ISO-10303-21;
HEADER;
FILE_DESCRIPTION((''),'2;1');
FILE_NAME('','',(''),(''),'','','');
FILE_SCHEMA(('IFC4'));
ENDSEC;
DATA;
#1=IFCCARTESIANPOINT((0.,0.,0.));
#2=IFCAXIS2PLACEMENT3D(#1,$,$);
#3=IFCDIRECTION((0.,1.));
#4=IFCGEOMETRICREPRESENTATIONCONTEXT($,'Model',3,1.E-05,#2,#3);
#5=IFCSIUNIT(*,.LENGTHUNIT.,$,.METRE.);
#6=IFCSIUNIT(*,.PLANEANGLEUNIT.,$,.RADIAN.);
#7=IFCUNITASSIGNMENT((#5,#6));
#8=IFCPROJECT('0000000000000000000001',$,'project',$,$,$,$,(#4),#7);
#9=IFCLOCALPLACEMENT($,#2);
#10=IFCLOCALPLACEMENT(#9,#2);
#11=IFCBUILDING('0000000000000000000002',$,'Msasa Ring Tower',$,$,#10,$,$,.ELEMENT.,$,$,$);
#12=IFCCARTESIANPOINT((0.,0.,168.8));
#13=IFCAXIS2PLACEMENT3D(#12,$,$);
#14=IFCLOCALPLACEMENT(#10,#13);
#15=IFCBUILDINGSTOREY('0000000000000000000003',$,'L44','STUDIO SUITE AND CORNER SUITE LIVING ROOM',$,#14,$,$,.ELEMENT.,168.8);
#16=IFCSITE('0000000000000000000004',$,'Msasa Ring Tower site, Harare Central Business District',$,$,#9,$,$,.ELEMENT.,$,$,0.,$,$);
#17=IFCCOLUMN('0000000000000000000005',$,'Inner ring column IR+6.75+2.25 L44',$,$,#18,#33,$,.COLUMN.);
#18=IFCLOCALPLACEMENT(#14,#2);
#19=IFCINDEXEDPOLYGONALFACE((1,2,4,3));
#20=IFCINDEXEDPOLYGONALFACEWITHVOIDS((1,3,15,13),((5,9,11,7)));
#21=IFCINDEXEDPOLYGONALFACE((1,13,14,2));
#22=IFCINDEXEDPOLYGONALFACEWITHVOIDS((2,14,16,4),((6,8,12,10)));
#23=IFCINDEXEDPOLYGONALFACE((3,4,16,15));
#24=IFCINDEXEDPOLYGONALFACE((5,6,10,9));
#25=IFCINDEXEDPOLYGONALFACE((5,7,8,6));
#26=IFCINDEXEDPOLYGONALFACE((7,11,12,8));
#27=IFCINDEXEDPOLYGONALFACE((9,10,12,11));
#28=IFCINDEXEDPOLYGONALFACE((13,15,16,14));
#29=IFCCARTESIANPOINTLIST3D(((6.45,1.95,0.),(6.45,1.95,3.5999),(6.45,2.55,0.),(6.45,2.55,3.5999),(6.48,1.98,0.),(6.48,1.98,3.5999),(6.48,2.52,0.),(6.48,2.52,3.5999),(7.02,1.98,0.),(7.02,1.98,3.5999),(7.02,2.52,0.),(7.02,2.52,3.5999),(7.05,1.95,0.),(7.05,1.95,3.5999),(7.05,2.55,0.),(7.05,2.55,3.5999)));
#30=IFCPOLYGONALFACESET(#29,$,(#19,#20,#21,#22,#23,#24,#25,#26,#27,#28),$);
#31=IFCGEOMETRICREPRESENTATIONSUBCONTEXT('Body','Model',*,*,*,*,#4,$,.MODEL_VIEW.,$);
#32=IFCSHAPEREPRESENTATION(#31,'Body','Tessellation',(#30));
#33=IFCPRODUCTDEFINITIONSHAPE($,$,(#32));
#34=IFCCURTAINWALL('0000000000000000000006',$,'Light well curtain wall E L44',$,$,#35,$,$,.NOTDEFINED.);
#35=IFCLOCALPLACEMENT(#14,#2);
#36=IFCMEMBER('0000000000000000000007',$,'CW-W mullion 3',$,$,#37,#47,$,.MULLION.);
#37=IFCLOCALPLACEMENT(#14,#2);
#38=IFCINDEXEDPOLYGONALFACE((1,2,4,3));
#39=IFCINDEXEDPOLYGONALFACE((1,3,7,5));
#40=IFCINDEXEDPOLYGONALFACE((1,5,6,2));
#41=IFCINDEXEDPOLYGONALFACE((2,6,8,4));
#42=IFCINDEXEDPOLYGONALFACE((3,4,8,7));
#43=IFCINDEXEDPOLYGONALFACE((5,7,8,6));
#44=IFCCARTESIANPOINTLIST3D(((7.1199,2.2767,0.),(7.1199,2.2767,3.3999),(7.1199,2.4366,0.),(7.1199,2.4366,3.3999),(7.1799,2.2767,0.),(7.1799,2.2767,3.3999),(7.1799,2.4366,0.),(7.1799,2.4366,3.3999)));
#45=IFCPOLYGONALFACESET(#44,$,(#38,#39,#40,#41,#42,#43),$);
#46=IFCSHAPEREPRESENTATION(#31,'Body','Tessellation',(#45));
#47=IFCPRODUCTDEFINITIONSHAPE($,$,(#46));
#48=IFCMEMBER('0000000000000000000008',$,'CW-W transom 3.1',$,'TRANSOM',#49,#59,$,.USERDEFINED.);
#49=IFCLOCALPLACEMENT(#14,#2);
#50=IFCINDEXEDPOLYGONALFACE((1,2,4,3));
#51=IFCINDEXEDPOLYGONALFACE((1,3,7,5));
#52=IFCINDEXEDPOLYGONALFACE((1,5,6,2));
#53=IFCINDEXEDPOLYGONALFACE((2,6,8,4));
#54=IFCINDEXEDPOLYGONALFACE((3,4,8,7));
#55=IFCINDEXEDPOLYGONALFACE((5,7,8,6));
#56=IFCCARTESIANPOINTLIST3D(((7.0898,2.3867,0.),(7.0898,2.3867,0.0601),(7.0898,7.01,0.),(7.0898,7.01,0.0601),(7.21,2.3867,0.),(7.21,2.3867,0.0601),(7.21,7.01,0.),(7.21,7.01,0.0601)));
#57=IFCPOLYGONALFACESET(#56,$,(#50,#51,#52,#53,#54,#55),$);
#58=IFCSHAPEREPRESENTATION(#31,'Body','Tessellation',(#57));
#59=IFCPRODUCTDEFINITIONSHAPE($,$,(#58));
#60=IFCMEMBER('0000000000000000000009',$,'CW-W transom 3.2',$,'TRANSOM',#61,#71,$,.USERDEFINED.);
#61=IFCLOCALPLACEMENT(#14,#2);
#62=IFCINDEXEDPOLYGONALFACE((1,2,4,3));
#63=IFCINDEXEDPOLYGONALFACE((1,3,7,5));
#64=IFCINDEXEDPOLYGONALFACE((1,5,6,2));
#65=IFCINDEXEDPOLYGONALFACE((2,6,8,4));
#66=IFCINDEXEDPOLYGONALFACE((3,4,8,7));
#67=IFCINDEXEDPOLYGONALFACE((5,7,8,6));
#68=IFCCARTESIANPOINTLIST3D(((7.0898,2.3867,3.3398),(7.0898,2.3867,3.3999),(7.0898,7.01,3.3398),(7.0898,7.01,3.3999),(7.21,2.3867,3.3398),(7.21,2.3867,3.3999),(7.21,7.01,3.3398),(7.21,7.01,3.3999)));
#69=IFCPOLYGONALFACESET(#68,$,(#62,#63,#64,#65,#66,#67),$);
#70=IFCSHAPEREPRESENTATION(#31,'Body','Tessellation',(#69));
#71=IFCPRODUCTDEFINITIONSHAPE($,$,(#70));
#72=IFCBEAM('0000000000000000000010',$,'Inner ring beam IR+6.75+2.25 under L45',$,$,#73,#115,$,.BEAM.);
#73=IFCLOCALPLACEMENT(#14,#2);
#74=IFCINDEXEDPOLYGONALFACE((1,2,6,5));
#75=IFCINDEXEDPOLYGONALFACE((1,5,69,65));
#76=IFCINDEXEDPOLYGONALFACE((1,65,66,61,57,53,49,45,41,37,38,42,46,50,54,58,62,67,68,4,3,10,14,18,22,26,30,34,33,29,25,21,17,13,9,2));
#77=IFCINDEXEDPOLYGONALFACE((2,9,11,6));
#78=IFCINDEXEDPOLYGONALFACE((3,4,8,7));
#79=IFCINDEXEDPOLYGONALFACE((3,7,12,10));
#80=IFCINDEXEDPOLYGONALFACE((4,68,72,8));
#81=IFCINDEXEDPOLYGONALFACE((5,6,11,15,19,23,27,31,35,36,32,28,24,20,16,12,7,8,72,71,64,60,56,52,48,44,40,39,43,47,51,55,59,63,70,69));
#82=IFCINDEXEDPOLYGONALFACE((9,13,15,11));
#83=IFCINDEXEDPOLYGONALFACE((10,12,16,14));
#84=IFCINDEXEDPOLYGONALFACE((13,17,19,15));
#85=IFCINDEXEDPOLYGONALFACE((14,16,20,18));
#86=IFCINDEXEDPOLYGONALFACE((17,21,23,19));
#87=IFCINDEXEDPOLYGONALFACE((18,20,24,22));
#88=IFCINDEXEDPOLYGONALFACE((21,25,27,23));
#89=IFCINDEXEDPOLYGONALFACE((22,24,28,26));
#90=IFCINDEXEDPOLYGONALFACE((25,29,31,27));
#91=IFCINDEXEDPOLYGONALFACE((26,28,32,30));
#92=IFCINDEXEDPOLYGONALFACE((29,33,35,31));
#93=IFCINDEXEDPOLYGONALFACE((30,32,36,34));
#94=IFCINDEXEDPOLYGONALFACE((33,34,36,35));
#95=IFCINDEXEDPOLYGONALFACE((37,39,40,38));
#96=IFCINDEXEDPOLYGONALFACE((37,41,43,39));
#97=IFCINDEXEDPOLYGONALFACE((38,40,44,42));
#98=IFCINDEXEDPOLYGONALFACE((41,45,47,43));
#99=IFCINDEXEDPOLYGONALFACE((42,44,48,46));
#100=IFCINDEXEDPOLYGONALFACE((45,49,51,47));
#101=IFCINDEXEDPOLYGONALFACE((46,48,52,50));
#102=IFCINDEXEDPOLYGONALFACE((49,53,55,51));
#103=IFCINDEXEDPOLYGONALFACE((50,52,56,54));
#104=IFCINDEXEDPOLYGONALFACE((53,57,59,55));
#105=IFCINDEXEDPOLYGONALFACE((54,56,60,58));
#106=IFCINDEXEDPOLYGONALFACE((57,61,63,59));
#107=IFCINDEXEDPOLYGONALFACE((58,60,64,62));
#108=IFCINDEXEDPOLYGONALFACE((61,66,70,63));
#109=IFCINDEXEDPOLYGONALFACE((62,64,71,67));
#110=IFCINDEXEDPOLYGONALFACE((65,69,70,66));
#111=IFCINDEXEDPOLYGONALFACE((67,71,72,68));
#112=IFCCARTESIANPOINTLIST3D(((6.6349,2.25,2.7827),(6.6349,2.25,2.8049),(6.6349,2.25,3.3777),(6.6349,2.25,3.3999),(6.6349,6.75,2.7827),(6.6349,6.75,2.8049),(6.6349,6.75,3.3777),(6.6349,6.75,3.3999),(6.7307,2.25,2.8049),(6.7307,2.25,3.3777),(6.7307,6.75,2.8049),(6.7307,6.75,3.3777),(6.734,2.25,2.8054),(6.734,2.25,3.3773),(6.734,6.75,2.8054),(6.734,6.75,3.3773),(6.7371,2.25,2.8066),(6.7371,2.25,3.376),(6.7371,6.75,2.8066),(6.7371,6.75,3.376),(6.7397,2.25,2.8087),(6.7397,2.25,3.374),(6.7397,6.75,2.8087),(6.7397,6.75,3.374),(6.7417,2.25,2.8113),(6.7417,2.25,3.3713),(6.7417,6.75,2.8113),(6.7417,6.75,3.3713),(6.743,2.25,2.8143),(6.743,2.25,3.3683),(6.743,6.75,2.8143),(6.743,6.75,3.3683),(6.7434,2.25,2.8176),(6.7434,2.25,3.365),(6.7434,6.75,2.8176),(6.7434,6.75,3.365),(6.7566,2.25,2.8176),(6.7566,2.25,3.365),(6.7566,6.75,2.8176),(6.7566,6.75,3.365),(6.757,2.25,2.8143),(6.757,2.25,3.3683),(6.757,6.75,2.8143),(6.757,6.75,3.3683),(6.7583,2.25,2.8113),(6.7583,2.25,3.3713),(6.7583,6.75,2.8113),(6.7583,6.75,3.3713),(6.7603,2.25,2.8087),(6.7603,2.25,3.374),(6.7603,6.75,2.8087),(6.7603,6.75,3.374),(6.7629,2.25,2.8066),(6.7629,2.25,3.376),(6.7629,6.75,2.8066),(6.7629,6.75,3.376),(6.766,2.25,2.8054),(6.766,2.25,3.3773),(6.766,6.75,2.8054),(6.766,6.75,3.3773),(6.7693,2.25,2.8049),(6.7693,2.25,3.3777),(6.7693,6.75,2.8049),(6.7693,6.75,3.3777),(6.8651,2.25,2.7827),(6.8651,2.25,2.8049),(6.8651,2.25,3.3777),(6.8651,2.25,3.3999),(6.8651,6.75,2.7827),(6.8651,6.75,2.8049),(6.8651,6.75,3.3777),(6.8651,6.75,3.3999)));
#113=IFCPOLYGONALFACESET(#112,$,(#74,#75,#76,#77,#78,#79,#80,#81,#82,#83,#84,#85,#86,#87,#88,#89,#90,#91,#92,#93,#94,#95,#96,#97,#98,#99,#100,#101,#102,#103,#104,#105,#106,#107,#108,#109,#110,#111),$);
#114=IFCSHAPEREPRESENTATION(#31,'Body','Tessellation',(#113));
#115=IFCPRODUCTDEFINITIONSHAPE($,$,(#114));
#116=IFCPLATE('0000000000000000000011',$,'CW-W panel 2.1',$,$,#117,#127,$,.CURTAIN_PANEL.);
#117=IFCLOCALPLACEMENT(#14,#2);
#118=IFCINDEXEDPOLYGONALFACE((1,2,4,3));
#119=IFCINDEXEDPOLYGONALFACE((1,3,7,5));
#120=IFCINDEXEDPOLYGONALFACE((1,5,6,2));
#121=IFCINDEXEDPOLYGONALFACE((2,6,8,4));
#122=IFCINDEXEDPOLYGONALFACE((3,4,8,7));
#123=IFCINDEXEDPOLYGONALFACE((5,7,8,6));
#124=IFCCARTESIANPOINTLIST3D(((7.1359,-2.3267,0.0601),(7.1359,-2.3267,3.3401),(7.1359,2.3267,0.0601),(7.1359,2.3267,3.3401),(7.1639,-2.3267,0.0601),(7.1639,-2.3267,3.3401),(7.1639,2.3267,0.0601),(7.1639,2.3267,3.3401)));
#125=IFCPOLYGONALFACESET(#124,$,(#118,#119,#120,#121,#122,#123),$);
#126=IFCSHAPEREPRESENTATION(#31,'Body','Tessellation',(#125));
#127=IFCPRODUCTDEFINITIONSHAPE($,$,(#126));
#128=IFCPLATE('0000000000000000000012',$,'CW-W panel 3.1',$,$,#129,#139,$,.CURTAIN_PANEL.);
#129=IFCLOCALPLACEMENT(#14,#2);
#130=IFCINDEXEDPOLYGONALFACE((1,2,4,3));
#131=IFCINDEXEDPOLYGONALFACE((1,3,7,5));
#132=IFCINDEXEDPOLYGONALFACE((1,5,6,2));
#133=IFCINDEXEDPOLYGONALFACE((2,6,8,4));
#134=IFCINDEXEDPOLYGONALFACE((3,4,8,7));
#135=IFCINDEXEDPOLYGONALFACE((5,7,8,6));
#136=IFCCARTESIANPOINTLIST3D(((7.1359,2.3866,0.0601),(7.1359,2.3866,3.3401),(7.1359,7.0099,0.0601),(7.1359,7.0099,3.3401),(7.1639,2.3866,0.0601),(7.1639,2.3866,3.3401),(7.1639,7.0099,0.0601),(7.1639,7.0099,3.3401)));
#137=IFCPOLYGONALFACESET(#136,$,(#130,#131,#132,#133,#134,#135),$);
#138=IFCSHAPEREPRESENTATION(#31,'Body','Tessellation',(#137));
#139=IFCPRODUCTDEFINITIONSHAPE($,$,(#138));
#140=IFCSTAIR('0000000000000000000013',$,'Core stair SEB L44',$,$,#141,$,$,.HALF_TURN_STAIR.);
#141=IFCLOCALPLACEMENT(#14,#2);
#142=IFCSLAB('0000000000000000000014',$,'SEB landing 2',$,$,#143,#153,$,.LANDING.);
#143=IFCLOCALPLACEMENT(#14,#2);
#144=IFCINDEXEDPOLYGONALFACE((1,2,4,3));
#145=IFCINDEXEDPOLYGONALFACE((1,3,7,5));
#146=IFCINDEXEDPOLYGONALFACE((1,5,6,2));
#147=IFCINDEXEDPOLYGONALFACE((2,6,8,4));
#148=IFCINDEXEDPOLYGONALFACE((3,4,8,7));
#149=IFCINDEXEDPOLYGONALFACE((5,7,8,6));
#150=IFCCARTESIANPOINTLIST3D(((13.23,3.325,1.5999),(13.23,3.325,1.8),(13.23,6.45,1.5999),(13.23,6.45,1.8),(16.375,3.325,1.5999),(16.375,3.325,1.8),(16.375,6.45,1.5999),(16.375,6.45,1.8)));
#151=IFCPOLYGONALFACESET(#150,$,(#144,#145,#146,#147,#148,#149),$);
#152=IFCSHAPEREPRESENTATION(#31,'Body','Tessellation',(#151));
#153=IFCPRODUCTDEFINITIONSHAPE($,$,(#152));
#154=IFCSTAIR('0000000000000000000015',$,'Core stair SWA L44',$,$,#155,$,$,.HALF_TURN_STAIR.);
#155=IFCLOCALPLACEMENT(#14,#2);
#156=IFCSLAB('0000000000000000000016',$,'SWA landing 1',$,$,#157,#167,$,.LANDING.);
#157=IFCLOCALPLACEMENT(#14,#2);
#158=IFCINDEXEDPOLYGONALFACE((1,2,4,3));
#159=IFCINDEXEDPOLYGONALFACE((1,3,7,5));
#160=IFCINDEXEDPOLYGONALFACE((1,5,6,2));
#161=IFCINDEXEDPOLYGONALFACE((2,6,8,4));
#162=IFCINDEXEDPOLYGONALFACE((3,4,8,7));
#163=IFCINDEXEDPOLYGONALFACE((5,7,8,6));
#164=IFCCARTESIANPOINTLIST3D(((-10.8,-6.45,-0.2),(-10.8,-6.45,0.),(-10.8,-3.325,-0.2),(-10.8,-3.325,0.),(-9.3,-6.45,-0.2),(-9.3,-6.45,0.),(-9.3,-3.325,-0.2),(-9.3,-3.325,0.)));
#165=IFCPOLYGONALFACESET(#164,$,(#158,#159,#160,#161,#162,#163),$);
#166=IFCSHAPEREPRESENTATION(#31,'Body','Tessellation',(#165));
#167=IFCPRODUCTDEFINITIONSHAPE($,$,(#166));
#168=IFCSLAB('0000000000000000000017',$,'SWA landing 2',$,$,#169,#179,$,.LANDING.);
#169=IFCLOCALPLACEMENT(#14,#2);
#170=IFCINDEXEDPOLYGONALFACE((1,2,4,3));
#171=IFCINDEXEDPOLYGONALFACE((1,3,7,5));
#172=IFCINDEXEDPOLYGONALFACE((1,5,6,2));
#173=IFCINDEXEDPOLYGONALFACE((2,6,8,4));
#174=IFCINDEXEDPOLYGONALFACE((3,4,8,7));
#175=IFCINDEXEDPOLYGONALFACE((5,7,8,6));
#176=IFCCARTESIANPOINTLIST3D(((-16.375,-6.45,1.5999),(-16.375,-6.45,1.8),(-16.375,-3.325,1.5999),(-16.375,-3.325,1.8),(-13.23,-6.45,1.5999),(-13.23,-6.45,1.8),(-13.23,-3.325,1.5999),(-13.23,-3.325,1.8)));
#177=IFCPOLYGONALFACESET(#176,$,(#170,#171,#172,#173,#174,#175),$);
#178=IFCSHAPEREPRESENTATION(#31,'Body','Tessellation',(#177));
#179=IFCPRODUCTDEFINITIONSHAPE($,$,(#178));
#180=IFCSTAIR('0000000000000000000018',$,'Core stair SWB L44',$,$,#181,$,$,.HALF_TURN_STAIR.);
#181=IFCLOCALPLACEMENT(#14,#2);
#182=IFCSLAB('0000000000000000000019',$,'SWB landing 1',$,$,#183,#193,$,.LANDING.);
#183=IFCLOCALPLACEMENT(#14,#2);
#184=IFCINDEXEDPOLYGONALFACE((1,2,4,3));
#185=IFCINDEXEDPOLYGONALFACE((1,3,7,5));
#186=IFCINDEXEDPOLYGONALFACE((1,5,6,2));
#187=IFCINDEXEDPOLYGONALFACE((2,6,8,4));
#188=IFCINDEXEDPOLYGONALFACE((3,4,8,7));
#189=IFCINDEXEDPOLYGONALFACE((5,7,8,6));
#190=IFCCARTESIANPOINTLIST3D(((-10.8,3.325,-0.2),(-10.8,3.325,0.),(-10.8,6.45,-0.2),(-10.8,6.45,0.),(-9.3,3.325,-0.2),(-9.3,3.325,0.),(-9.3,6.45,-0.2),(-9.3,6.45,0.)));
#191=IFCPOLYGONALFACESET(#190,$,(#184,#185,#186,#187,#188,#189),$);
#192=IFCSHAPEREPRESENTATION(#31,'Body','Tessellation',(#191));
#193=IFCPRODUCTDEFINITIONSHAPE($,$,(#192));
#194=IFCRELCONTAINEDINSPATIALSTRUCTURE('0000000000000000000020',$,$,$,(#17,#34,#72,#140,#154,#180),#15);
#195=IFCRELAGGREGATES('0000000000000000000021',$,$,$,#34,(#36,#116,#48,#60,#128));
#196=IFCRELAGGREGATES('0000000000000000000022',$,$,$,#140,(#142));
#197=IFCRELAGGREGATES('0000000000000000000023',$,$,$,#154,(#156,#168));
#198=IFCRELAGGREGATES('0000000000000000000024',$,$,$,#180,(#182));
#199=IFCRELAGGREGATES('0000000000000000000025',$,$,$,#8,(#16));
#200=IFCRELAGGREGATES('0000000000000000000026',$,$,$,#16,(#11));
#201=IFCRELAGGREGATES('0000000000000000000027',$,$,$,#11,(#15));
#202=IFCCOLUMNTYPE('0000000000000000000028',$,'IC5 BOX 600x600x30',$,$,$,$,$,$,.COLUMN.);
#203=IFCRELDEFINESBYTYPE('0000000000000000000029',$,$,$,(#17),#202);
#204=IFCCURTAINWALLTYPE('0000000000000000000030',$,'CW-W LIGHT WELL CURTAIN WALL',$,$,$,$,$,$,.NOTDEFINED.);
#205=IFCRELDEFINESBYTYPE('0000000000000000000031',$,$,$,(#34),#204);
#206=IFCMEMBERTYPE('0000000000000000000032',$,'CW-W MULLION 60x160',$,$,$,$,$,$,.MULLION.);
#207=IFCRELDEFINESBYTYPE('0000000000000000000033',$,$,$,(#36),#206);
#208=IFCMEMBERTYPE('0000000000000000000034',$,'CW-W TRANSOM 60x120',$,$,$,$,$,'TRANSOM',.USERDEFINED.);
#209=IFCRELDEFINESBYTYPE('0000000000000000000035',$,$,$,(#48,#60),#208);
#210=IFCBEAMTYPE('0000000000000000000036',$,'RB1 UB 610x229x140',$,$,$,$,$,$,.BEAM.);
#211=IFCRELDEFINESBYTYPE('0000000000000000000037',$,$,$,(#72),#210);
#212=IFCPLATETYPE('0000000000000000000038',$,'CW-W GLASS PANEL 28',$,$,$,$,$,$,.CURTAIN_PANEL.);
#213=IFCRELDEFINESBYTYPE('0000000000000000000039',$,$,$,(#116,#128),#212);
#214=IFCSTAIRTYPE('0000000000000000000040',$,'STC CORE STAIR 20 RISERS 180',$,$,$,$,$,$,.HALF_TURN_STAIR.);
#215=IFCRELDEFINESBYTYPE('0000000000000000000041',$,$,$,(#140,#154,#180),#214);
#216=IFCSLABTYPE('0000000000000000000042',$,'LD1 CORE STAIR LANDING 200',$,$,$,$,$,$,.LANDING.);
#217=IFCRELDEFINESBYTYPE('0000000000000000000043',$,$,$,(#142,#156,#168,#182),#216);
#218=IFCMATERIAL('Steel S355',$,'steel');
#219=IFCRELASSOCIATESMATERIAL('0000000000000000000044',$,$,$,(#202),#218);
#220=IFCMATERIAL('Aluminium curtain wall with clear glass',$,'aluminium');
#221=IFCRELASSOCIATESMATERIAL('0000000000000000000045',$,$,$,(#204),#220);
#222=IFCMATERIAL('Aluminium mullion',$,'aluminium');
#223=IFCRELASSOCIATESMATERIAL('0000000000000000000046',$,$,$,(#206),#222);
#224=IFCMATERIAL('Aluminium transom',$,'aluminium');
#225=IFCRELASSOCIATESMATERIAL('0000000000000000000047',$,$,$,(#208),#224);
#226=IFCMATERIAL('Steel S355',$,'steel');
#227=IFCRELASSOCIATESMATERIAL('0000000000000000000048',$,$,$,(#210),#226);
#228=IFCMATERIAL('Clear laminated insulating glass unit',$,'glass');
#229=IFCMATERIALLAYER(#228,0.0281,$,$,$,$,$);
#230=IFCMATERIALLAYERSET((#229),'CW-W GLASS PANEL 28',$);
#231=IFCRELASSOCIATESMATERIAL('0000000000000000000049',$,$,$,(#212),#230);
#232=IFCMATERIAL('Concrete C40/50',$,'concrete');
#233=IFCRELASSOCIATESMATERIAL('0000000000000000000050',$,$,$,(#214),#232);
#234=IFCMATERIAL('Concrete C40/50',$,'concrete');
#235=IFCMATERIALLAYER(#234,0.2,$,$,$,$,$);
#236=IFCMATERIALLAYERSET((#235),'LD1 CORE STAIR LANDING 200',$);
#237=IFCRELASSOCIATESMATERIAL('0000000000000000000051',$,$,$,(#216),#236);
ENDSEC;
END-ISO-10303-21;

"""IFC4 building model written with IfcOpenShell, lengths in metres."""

from ifc_helpers import new_model, si_unit, direction, frame, origin, origin_2d, place, context, subcontext, project, spatial, polyline, rectangle, hollow_rectangle, i_section, outline, extrude, material, layer, layer_set, material_profile, profile_set, type_object, element, aggregate, save


model = new_model("IFC4")

# Units and contexts
model_context = context("Model", 3, precision=1e-05, world=origin(), true_north=direction((0.0, 1.0)))
body_context = subcontext(model_context, "Body", "Model", "MODEL_VIEW")
ifc_project = project(units=[si_unit("LENGTHUNIT", "METRE"), si_unit("PLANEANGLEUNIT", "RADIAN")], contexts=[model_context])

# Site, building, storey
site_placement = place(None, origin())
site = spatial("IfcSite", under=ifc_project, at=site_placement, Name="Msasa Ring Tower site, Harare Central Business District", CompositionType="ELEMENT", RefElevation=0.0)
building_placement = place(site_placement, origin())
building = spatial("IfcBuilding", under=site, at=building_placement, Name="Msasa Ring Tower", CompositionType="ELEMENT")
storey_placement = place(building_placement, frame((0.0, 0.0, 168.8)))
storey = spatial("IfcBuildingStorey", under=building, at=storey_placement, Name="L44", Description="STUDIO SUITE AND CORNER SUITE LIVING ROOM", CompositionType="ELEMENT", Elevation=168.8)

# Column
ifc_material_1 = material(Name="Steel S355", Category="steel")
ifc_material_profile_1 = material_profile(ifc_material_1, hollow_rectangle(XDim=0.6001, YDim=0.6001, WallThickness=0.03, at=origin_2d()), Name="BOX 600x600x30")
ifc_profile_set_1 = profile_set([ifc_material_profile_1], Name="Steel S355")
column_type = type_object("IfcColumnType", Name="IC5 BOX 600x600x30", PredefinedType="COLUMN", material=ifc_profile_set_1)
column_placement = place(storey_placement, frame((6.75, 2.25, 0.0), z_axis=(0.0, 0.0, 1.0), x_axis=(1.0, 0.0, 0.0)))
element("IfcColumn", 1, at=column_placement, inside=storey, type_object=column_type, Name="Inner ring column IR+6.75+2.25 L44", PredefinedType="COLUMN", context=body_context, shape_type="SweptSolid", body=[
    extrude(hollow_rectangle(XDim=0.6001, YDim=0.6001, WallThickness=0.03, at=origin_2d()), origin(), (0.0, 0.0, 1.0), 3.5999),
])

# Curtain wall, members
ifc_material_2 = material(Name="Aluminium curtain wall with clear glass", Category="aluminium")
curtain_wall_type = type_object("IfcCurtainWallType", Name="CW-W LIGHT WELL CURTAIN WALL", PredefinedType="NOTDEFINED", material=ifc_material_2)
curtain_wall_placement = place(storey_placement, origin())
curtain_wall = element("IfcCurtainWall", 2, at=curtain_wall_placement, inside=storey, type_object=curtain_wall_type, Name="Light well curtain wall E L44", PredefinedType="NOTDEFINED")
ifc_material_3 = material(Name="Aluminium mullion", Category="aluminium")
ifc_material_profile_2 = material_profile(ifc_material_3, rectangle(XDim=0.0601, YDim=0.1599, at=origin_2d()), Name="AL 60x160")
ifc_profile_set_2 = profile_set([ifc_material_profile_2], Name="Aluminium mullion")
member_type_1 = type_object("IfcMemberType", Name="CW-W MULLION 60x160", PredefinedType="MULLION", material=ifc_profile_set_2)
member_1_placement = place(storey_placement, frame((7.1499, 2.3567, 0.0), z_axis=(0.0, 0.0, 1.0), x_axis=(-1.0, 0.0, 0.0)))
member_1 = element("IfcMember", 3, at=member_1_placement, type_object=member_type_1, Name="CW-W mullion 3", PredefinedType="MULLION", context=body_context, shape_type="SweptSolid", body=[
    extrude(rectangle(XDim=0.0601, YDim=0.1599, at=origin_2d()), origin(), (0.0, 0.0, 1.0), 3.3999),
])
ifc_material_4 = material(Name="Aluminium transom", Category="aluminium")
ifc_material_profile_3 = material_profile(ifc_material_4, rectangle(XDim=0.1201, YDim=0.0601, at=origin_2d()), Name="AL 60x120")
ifc_profile_set_3 = profile_set([ifc_material_profile_3], Name="Aluminium transom")
member_type_2 = type_object("IfcMemberType", Name="CW-W TRANSOM 60x120", ElementType="TRANSOM", PredefinedType="USERDEFINED", material=ifc_profile_set_3)
member_2_placement = place(storey_placement, frame((7.1499, 2.3867, 0.03), z_axis=(0.0, 1.0, 0.0), x_axis=(-1.0, 0.0, 0.0)))
member_2 = element("IfcMember", 4, at=member_2_placement, type_object=member_type_2, Name="CW-W transom 3.1", ObjectType="TRANSOM", PredefinedType="USERDEFINED", context=body_context, shape_type="SweptSolid", body=[
    extrude(rectangle(XDim=0.1201, YDim=0.0601, at=origin_2d()), origin(), (0.0, 0.0, 1.0), 4.6233),
])
member_3_placement = place(storey_placement, frame((7.1499, 2.3867, 3.3699), z_axis=(0.0, 1.0, 0.0), x_axis=(-1.0, 0.0, 0.0)))
member_3 = element("IfcMember", 5, at=member_3_placement, type_object=member_type_2, Name="CW-W transom 3.2", ObjectType="TRANSOM", PredefinedType="USERDEFINED", context=body_context, shape_type="SweptSolid", body=[
    extrude(rectangle(XDim=0.1201, YDim=0.0601, at=origin_2d()), origin(), (0.0, 0.0, 1.0), 4.6233),
])

# Beam
ifc_material_5 = material(Name="Steel S355", Category="steel")
ifc_material_profile_4 = material_profile(ifc_material_5, i_section(OverallWidth=0.2302, OverallDepth=0.6172, WebThickness=0.0132, FlangeThickness=0.0222, FilletRadius=0.0127, at=origin_2d()), Name="UB 610x229x140")
ifc_profile_set_4 = profile_set([ifc_material_profile_4], Name="Steel S355")
beam_type = type_object("IfcBeamType", Name="RB1 UB 610x229x140", PredefinedType="BEAM", material=ifc_profile_set_4)
beam_placement = place(storey_placement, frame((6.75, 2.25, 3.0913), z_axis=(0.0, 1.0, 0.0), x_axis=(-1.0, 0.0, 0.0)))
element("IfcBeam", 6, at=beam_placement, inside=storey, type_object=beam_type, Name="Inner ring beam IR+6.75+2.25 under L45", PredefinedType="BEAM", context=body_context, shape_type="SweptSolid", body=[
    extrude(i_section(OverallWidth=0.2302, OverallDepth=0.6172, WebThickness=0.0132, FlangeThickness=0.0222, FilletRadius=0.0127, at=origin_2d()), origin(), (0.0, 0.0, 1.0), 4.5),
])

# Plates
ifc_material_6 = material(Name="Clear laminated insulating glass unit", Category="glass")
ifc_layer_1 = layer(ifc_material_6, 0.0281)
ifc_layer_set_1 = layer_set([ifc_layer_1], Name="CW-W GLASS PANEL 28")
plate_type = type_object("IfcPlateType", Name="CW-W GLASS PANEL 28", PredefinedType="CURTAIN_PANEL", material=ifc_layer_set_1)
plate_1_placement = place(storey_placement, frame((7.1499, 0.0, 0.0601), z_axis=(0.0, 0.0, 1.0), x_axis=(0.0, 1.0, 0.0)))
plate_1 = element("IfcPlate", 7, at=plate_1_placement, type_object=plate_type, Name="CW-W panel 2.1", PredefinedType="CURTAIN_PANEL", context=body_context, shape_type="SweptSolid", body=[
    extrude(rectangle(XDim=4.6533, YDim=0.0281, at=origin_2d()), origin(), (0.0, 0.0, 1.0), 3.28),
])
plate_2_placement = place(storey_placement, frame((7.1499, 4.6982, 0.0601), z_axis=(0.0, 0.0, 1.0), x_axis=(0.0, 1.0, 0.0)))
plate_2 = element("IfcPlate", 8, at=plate_2_placement, type_object=plate_type, Name="CW-W panel 3.1", PredefinedType="CURTAIN_PANEL", context=body_context, shape_type="SweptSolid", body=[
    extrude(rectangle(XDim=4.6233, YDim=0.0281, at=origin_2d()), origin(), (0.0, 0.0, 1.0), 3.28),
])
aggregate(curtain_wall, [member_1, plate_1, member_2, member_3, plate_2])

# Stair, slab
ifc_material_7 = material(Name="Concrete C40/50", Category="concrete")
stair_type = type_object("IfcStairType", Name="STC CORE STAIR 20 RISERS 180", PredefinedType="HALF_TURN_STAIR", material=ifc_material_7)
stair_1_placement = place(storey_placement, origin())
stair_1 = element("IfcStair", 9, at=stair_1_placement, inside=storey, type_object=stair_type, Name="Core stair SEB L44", PredefinedType="HALF_TURN_STAIR")
ifc_material_8 = material(Name="Concrete C40/50", Category="concrete")
ifc_layer_2 = layer(ifc_material_8, 0.2)
ifc_layer_set_2 = layer_set([ifc_layer_2], Name="LD1 CORE STAIR LANDING 200")
slab_type = type_object("IfcSlabType", Name="LD1 CORE STAIR LANDING 200", PredefinedType="LANDING", material=ifc_layer_set_2)
slab_1_placement = place(storey_placement, frame((0.0, 0.0, 1.5999)))
slab_1 = element("IfcSlab", 10, at=slab_1_placement, type_object=slab_type, Name="SEB landing 2", PredefinedType="LANDING", context=body_context, shape_type="SweptSolid", body=[
    extrude(outline(polyline([(13.23, 3.325), (16.375, 3.325), (16.375, 6.45), (13.23, 6.45), (13.23, 3.325)])), origin(), (0.0, 0.0, 1.0), 0.2002),
])
aggregate(stair_1, [slab_1])

# Stairs, slabs
stair_2_placement = place(storey_placement, origin())
stair_2 = element("IfcStair", 11, at=stair_2_placement, inside=storey, type_object=stair_type, Name="Core stair SWA L44", PredefinedType="HALF_TURN_STAIR")
slab_2_placement = place(storey_placement, frame((0.0, 0.0, -0.2)))
slab_2 = element("IfcSlab", 12, at=slab_2_placement, type_object=slab_type, Name="SWA landing 1", PredefinedType="LANDING", context=body_context, shape_type="SweptSolid", body=[
    extrude(outline(polyline([(-10.8, -6.45), (-9.3, -6.45), (-9.3, -3.325), (-10.8, -3.325), (-10.8, -6.45)])), origin(), (0.0, 0.0, 1.0), 0.2),
])
slab_3_placement = place(storey_placement, frame((0.0, 0.0, 1.5999)))
slab_3 = element("IfcSlab", 13, at=slab_3_placement, type_object=slab_type, Name="SWA landing 2", PredefinedType="LANDING", context=body_context, shape_type="SweptSolid", body=[
    extrude(outline(polyline([(-16.375, -6.45), (-13.23, -6.45), (-13.23, -3.325), (-16.375, -3.325), (-16.375, -6.45)])), origin(), (0.0, 0.0, 1.0), 0.2002),
])
aggregate(stair_2, [slab_2, slab_3])
stair_3_placement = place(storey_placement, origin())
stair_3 = element("IfcStair", 14, at=stair_3_placement, inside=storey, type_object=stair_type, Name="Core stair SWB L44", PredefinedType="HALF_TURN_STAIR")
slab_4_placement = place(storey_placement, frame((0.0, 0.0, -0.2)))
slab_4 = element("IfcSlab", 15, at=slab_4_placement, type_object=slab_type, Name="SWB landing 1", PredefinedType="LANDING", context=body_context, shape_type="SweptSolid", body=[
    extrude(outline(polyline([(-10.8, 3.325), (-9.3, 3.325), (-9.3, 6.45), (-10.8, 6.45), (-10.8, 3.325)])), origin(), (0.0, 0.0, 1.0), 0.2),
])
aggregate(stair_3, [slab_4])

save(model, "model.ifc")
